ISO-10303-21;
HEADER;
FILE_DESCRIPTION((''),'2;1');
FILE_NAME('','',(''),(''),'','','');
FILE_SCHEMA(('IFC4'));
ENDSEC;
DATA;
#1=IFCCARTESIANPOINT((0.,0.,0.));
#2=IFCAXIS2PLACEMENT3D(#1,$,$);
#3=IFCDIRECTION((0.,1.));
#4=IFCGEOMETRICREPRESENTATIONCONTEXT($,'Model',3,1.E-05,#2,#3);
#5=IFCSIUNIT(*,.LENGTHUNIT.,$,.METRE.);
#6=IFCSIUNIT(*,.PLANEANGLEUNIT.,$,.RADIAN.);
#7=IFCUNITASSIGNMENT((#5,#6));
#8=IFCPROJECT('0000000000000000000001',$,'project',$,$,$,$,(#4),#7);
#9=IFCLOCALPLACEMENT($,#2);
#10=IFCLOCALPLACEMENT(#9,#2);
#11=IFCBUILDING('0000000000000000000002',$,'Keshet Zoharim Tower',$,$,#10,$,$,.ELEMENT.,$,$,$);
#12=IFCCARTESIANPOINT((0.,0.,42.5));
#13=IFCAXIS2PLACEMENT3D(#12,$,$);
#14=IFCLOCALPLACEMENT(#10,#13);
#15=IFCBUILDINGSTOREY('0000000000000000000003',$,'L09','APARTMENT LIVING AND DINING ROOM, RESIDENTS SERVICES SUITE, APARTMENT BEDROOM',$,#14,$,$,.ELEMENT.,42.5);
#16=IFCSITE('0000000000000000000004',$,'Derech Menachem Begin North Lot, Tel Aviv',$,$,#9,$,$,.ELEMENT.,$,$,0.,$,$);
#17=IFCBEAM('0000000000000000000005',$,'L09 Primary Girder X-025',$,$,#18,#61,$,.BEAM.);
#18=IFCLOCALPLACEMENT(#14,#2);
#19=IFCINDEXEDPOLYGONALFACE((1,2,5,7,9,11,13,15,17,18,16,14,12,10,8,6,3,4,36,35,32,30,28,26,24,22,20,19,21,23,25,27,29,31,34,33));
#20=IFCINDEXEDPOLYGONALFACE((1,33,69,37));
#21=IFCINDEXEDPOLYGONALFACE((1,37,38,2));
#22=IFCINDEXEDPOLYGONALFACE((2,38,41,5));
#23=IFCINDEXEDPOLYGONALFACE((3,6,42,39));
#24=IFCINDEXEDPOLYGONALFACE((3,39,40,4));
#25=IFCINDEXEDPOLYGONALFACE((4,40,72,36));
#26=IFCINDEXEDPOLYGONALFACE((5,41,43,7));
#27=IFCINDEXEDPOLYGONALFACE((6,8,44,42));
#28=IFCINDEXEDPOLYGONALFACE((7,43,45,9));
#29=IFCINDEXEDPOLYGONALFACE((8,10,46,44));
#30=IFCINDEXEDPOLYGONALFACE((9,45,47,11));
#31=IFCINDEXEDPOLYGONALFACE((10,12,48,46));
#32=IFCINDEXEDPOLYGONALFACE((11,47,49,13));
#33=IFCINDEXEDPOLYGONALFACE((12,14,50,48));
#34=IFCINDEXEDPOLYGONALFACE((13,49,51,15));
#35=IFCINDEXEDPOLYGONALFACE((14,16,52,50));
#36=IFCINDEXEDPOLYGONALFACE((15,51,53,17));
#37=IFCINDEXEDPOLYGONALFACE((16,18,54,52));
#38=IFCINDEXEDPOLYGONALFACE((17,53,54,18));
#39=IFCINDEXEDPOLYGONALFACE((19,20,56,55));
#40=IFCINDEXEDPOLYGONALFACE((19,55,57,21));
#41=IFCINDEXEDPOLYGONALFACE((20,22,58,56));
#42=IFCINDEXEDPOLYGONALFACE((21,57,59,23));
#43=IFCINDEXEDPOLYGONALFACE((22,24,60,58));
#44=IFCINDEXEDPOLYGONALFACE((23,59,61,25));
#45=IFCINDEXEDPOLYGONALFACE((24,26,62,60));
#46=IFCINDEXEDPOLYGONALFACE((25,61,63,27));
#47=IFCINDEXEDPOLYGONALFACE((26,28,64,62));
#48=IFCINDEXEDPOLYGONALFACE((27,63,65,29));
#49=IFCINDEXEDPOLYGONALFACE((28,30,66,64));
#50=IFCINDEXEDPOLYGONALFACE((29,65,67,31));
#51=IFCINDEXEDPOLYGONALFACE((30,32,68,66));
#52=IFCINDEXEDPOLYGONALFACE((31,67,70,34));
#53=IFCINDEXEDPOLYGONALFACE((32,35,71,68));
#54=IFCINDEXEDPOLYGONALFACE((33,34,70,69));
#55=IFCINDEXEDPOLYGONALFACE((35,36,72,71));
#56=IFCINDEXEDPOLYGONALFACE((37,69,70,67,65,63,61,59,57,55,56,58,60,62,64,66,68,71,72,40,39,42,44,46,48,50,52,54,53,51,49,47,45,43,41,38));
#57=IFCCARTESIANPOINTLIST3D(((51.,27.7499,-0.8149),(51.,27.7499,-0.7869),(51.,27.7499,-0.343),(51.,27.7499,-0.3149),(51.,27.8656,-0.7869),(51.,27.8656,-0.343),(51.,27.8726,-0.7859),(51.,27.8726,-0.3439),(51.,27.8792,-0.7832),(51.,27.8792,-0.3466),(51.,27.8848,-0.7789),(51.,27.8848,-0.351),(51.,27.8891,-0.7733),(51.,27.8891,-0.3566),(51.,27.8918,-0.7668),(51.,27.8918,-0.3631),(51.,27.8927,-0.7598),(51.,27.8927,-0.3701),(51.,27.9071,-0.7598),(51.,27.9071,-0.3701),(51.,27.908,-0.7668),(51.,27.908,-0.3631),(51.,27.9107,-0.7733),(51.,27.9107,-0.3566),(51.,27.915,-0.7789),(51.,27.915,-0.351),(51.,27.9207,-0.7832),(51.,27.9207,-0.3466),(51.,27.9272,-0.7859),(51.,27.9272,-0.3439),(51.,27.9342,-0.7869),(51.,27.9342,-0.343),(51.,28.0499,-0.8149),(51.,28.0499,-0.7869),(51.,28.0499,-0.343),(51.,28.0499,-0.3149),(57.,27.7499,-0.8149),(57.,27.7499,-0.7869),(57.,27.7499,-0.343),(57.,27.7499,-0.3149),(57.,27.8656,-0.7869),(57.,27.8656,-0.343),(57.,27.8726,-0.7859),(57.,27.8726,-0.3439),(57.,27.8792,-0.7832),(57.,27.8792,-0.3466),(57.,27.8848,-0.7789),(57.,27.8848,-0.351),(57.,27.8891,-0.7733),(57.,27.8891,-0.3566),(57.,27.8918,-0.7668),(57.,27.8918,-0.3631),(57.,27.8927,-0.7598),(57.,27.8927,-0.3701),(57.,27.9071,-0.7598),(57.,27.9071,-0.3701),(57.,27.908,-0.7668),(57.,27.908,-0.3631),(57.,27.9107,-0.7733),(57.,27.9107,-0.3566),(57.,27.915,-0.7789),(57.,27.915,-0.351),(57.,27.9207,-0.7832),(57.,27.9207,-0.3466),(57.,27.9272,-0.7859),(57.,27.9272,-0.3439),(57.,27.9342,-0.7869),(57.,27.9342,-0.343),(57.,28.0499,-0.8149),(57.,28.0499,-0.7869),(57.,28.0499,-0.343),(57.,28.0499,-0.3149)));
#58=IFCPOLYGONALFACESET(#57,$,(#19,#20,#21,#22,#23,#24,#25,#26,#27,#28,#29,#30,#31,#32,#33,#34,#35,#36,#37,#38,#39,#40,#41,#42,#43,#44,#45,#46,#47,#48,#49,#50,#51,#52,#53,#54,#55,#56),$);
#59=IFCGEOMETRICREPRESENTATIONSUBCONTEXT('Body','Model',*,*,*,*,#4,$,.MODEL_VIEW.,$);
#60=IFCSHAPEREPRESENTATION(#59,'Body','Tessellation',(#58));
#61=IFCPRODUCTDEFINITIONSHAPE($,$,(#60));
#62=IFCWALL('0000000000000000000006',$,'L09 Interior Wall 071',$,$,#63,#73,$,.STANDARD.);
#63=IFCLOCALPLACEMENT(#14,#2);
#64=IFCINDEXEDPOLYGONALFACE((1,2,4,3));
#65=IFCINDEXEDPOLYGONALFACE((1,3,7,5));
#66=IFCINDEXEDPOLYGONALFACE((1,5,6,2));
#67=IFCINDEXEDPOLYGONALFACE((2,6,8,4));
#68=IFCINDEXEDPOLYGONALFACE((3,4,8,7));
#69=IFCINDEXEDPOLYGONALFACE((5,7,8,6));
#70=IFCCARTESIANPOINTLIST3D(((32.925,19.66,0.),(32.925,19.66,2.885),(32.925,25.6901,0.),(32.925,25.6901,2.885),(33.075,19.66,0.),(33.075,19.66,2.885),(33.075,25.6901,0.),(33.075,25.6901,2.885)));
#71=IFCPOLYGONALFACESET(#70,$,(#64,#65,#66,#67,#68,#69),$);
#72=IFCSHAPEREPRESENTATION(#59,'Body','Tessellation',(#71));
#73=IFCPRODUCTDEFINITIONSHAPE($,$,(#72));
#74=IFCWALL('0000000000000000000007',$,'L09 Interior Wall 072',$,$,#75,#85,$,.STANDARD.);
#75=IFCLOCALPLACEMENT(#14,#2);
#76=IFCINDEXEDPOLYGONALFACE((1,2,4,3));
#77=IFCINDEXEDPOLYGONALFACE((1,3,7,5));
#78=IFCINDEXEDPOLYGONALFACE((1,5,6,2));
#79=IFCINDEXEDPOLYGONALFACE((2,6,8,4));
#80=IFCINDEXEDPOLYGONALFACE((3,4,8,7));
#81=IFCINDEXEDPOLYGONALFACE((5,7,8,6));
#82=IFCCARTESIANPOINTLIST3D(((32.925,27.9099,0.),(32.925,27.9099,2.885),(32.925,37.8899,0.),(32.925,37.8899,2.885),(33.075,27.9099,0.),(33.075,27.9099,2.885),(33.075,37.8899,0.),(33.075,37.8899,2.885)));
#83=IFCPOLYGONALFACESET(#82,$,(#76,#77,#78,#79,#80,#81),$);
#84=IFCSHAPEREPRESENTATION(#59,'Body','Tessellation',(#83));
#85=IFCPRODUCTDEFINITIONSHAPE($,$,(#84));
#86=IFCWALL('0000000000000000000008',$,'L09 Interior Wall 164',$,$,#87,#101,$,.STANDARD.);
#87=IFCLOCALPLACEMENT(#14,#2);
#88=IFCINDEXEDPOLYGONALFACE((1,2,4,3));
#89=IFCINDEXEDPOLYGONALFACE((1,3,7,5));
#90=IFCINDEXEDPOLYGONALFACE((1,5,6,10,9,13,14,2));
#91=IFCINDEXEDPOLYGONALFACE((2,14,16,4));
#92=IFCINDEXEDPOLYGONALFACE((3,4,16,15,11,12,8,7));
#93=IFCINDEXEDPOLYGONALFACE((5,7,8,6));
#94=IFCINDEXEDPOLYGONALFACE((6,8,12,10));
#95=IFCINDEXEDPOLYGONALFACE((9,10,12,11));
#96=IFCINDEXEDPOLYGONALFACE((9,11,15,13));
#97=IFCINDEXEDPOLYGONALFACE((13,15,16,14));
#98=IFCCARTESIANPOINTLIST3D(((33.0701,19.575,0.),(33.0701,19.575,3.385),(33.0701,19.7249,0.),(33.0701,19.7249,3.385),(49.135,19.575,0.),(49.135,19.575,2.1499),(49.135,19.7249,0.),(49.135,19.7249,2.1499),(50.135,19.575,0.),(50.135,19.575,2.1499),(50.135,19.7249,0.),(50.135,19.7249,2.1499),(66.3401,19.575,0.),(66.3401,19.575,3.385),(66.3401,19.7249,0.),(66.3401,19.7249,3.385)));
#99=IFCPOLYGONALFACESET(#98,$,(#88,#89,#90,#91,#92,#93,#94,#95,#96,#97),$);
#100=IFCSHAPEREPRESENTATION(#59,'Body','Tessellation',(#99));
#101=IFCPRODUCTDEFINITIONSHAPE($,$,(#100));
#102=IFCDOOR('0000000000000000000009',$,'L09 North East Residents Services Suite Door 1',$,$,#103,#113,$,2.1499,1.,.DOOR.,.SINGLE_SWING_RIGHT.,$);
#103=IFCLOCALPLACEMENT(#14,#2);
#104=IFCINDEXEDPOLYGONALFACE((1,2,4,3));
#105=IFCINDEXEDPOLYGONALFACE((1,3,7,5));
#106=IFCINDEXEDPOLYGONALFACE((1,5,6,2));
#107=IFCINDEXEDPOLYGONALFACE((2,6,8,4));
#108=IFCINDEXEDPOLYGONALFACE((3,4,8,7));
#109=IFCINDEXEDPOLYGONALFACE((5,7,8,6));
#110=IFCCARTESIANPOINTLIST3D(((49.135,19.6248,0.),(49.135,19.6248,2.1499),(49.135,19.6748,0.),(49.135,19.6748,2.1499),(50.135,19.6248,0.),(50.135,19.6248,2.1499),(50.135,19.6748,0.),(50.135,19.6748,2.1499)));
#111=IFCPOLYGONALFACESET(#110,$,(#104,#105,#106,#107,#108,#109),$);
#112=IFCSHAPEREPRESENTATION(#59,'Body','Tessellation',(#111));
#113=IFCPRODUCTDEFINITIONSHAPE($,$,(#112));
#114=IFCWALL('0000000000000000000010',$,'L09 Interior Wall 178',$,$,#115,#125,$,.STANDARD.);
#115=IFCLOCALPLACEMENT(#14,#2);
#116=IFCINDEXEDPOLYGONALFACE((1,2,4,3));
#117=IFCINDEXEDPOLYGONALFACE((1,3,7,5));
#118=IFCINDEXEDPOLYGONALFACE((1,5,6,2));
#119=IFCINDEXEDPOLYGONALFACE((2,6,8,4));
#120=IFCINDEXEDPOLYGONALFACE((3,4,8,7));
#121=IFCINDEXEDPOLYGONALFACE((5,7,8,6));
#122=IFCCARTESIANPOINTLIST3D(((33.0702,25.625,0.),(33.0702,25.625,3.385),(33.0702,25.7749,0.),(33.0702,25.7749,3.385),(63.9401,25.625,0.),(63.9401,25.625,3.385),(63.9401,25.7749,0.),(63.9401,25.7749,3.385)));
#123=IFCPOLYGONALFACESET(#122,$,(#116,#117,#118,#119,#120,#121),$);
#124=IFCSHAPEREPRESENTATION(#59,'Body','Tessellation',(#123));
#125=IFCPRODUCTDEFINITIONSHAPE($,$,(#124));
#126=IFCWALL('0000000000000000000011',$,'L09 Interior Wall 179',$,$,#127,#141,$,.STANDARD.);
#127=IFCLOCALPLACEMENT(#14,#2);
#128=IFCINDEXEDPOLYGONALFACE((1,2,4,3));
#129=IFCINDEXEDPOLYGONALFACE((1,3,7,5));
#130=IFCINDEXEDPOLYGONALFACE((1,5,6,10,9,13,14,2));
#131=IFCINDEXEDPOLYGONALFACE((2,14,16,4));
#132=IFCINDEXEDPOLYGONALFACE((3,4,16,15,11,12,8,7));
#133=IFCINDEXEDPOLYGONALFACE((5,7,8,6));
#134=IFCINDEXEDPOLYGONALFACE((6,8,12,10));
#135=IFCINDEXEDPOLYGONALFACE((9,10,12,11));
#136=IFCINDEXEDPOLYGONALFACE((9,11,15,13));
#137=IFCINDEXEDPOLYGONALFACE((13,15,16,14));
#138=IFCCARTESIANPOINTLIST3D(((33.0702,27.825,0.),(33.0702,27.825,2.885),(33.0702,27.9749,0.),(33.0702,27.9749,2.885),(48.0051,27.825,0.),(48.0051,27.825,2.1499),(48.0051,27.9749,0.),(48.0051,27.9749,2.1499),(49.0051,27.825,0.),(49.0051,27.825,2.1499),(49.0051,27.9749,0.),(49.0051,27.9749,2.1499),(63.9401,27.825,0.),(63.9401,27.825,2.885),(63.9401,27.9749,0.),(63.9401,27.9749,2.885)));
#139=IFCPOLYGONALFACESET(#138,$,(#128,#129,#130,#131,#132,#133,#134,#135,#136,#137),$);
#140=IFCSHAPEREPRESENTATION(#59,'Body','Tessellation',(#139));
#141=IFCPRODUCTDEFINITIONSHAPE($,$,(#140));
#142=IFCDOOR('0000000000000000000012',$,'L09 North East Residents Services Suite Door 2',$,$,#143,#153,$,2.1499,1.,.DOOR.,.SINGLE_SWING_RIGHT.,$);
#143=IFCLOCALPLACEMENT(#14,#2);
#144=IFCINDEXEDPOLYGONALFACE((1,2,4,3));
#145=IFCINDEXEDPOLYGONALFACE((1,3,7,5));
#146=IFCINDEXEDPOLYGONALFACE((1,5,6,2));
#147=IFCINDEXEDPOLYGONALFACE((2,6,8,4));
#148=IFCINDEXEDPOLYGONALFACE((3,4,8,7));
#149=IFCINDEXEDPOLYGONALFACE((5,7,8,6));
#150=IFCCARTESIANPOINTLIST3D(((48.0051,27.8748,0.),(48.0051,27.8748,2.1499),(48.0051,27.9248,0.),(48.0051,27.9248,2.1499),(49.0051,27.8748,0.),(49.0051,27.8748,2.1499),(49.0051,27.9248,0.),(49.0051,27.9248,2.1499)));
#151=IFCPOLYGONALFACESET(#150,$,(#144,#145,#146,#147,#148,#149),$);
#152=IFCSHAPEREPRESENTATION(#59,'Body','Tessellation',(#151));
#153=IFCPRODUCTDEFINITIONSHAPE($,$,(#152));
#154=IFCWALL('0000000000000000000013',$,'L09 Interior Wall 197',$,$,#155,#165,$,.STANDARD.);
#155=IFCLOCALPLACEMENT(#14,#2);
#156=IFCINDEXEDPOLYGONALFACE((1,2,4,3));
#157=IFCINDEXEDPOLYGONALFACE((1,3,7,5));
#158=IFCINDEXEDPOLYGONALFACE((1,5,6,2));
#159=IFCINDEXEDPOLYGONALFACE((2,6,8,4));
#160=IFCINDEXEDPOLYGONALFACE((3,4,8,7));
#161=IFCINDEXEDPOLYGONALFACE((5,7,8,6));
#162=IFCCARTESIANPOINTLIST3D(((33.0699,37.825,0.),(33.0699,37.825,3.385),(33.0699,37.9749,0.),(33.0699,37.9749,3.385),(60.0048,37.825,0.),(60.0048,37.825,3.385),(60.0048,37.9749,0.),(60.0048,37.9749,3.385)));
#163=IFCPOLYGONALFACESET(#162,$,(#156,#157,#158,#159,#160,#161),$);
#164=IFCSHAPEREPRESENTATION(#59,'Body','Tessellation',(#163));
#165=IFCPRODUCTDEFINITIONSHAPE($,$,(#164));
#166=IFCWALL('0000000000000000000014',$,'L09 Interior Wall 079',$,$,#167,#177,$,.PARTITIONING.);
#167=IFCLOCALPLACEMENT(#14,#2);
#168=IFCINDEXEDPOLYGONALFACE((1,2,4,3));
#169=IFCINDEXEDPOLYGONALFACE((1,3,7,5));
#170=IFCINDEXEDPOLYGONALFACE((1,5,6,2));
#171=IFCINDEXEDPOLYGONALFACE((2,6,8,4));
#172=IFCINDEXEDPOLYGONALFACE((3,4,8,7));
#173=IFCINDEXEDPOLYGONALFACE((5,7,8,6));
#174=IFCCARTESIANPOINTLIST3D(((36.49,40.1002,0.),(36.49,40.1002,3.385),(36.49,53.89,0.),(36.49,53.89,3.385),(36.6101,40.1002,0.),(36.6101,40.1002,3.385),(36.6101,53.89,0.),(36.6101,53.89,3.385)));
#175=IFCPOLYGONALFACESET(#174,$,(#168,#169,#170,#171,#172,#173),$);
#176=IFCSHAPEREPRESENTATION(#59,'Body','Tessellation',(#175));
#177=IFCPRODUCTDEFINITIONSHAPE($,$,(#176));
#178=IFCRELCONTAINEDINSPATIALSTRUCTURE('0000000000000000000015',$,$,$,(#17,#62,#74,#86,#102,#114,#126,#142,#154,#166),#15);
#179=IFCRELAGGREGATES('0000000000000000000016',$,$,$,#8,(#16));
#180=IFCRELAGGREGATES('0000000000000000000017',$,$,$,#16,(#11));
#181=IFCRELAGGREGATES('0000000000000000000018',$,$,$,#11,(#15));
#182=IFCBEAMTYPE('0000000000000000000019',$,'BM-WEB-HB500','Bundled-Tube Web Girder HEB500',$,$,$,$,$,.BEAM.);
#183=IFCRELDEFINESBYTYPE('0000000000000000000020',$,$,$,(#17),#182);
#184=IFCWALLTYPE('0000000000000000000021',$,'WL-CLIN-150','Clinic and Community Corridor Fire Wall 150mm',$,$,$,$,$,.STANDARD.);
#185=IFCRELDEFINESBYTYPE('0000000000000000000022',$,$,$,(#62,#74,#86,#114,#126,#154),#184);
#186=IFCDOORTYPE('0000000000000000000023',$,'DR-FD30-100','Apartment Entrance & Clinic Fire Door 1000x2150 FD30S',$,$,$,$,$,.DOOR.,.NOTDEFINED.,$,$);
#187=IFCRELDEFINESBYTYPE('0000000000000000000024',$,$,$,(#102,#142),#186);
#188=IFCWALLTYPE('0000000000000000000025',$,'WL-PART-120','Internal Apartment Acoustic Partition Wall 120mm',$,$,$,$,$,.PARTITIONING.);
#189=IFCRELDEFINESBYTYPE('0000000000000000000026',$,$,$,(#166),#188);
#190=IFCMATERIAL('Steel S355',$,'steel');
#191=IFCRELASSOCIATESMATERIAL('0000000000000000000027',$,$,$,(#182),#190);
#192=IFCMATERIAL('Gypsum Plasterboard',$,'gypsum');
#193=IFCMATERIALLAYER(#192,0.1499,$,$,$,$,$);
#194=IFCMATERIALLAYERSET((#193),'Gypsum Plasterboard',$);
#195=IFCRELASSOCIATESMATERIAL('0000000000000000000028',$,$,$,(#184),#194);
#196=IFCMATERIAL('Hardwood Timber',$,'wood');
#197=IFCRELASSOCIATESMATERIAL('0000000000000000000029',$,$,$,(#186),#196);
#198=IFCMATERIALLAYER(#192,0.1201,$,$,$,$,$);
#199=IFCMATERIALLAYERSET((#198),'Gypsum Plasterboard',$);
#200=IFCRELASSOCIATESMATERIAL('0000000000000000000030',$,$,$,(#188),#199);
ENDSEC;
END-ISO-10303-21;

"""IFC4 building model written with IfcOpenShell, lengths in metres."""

from ifc_helpers import new_model, si_unit, direction, frame, frame_2d, origin, origin_2d, place, context, subcontext, project, spatial, rectangle, i_section, extrude, material, layer, layer_set, material_profile, profile_set, type_object, element, fill, save


model = new_model("IFC4")

# Units and contexts
model_context = context("Model", 3, precision=1e-05, world=origin(), true_north=direction((0.0, 1.0)))
body_context = subcontext(model_context, "Body", "Model", "MODEL_VIEW")
ifc_project = project(units=[si_unit("LENGTHUNIT", "METRE"), si_unit("PLANEANGLEUNIT", "RADIAN")], contexts=[model_context])

# Site, building, storey
site_placement = place(None, origin())
site = spatial("IfcSite", under=ifc_project, at=site_placement, Name="Derech Menachem Begin North Lot, Tel Aviv", CompositionType="ELEMENT", RefElevation=0.0)
building_placement = place(site_placement, origin())
building = spatial("IfcBuilding", under=site, at=building_placement, Name="Keshet Zoharim Tower", CompositionType="ELEMENT")
storey_placement = place(building_placement, frame((0.0, 0.0, 42.5)))
storey = spatial("IfcBuildingStorey", under=building, at=storey_placement, Name="L09", Description="APARTMENT LIVING AND DINING ROOM, RESIDENTS SERVICES SUITE, APARTMENT BEDROOM", CompositionType="ELEMENT", Elevation=42.5)

# Beam
ifc_material_1 = material(Name="Steel S355", Category="steel")
ifc_material_profile_1 = material_profile(ifc_material_1, i_section(OverallWidth=0.3, OverallDepth=0.5, WebThickness=0.0144, FlangeThickness=0.0281, FilletRadius=0.0271, at=origin_2d()), Name="HEB500")
ifc_profile_set_1 = profile_set([ifc_material_profile_1], Name="Steel S355")
beam_type_1 = type_object("IfcBeamType", Name="BM-WEB-HB500", Description="Bundled-Tube Web Girder HEB500", PredefinedType="BEAM", material=ifc_profile_set_1)
for number, where, z_axis, x_axis, name in (
    (1, (51.0, 27.8999, -0.5649), (1.0, 0.0, 0.0), (0.0, 1.0, 0.0), "L09 Primary Girder X-025"),
):
    element("IfcBeam", number, at=place(storey_placement, frame(where, z_axis=z_axis, x_axis=x_axis)), inside=storey, type_object=beam_type_1, Name=name, PredefinedType="BEAM", context=body_context, shape_type="SweptSolid", body=[
        extrude(i_section(OverallWidth=0.3, OverallDepth=0.5, WebThickness=0.0144, FlangeThickness=0.0281, FilletRadius=0.0271, at=origin_2d()), origin(), (0.0, 0.0, 1.0), 6.0),
    ])

# Walls
ifc_material_2 = material(Name="Gypsum Plasterboard", Category="gypsum")
ifc_layer_1 = layer(ifc_material_2, 0.1499)
ifc_layer_set_1 = layer_set([ifc_layer_1], Name="Gypsum Plasterboard")
wall_type_1 = type_object("IfcWallType", Name="WL-CLIN-150", Description="Clinic and Community Corridor Fire Wall 150mm", PredefinedType="STANDARD", material=ifc_layer_set_1)
wall_1_placement = place(storey_placement, frame((33.0, 19.6599, 0.0), z_axis=(0.0, 0.0, 1.0), x_axis=(0.0, 1.0, 0.0)))
element("IfcWall", 2, at=wall_1_placement, inside=storey, type_object=wall_type_1, Name="L09 Interior Wall 071", PredefinedType="STANDARD", context=body_context, shape_type="SweptSolid", body=[
    extrude(rectangle(XDim=6.03, YDim=0.1499, at=frame_2d((3.0151, 0.0))), origin(), (0.0, 0.0, 1.0), 2.885),
])
wall_2_placement = place(storey_placement, frame((33.0, 27.9099, 0.0), z_axis=(0.0, 0.0, 1.0), x_axis=(0.0, 1.0, 0.0)))
element("IfcWall", 3, at=wall_2_placement, inside=storey, type_object=wall_type_1, Name="L09 Interior Wall 072", PredefinedType="STANDARD", context=body_context, shape_type="SweptSolid", body=[
    extrude(rectangle(XDim=9.98, YDim=0.1499, at=frame_2d((4.99, 0.0))), origin(), (0.0, 0.0, 1.0), 2.885),
])

# Wall, opening, door
wall_3_placement = place(storey_placement, frame((33.0701, 19.6499, 0.0), z_axis=(0.0, 0.0, 1.0), x_axis=(1.0, 0.0, 0.0)))
wall_3 = element("IfcWall", 4, at=wall_3_placement, inside=storey, type_object=wall_type_1, Name="L09 Interior Wall 164", PredefinedType="STANDARD", context=body_context, shape_type="SweptSolid", body=[
    extrude(rectangle(XDim=33.27, YDim=0.1499, at=frame_2d((16.635, 0.0))), origin(), (0.0, 0.0, 1.0), 3.385),
])
opening_1_placement = place(wall_3_placement, frame((16.0649, 0.0, 0.0)))
opening_1 = element("IfcOpeningElement", 5, at=opening_1_placement, cuts=wall_3, PredefinedType="OPENING", context=body_context, shape_type="SweptSolid", body=[
    extrude(rectangle(XDim=1.0, YDim=2.1499, at=frame_2d((0.5, 1.075))), frame((0.0, 0.085, 0.0), z_axis=(0.0, -1.0, 0.0), x_axis=(1.0, 0.0, 0.0)), (0.0, 0.0, 1.0), 0.1699),
])
ifc_material_3 = material(Name="Hardwood Timber", Category="wood")
door_type = type_object("IfcDoorType", Name="DR-FD30-100", Description="Apartment Entrance & Clinic Fire Door 1000x2150 FD30S", OperationType="NOTDEFINED", PredefinedType="DOOR", material=ifc_material_3)
door_1_placement = place(opening_1_placement, origin())
door_1 = element("IfcDoor", 6, at=door_1_placement, inside=storey, type_object=door_type, Name="L09 North East Residents Services Suite Door 1", OperationType="SINGLE_SWING_RIGHT", OverallHeight=2.1499, OverallWidth=1.0, PredefinedType="DOOR", context=body_context, shape_type="SweptSolid", body=[
    extrude(rectangle(XDim=1.0, YDim=2.1499, at=frame_2d((0.5, 1.075))), frame((0.0, 0.0249, 0.0), z_axis=(0.0, -1.0, 0.0), x_axis=(1.0, 0.0, 0.0)), (0.0, 0.0, 1.0), 0.05),
])
fill(opening_1, door_1)

# Wall
wall_4_placement = place(storey_placement, frame((33.0701, 25.7, 0.0), z_axis=(0.0, 0.0, 1.0), x_axis=(1.0, 0.0, 0.0)))
element("IfcWall", 7, at=wall_4_placement, inside=storey, type_object=wall_type_1, Name="L09 Interior Wall 178", PredefinedType="STANDARD", context=body_context, shape_type="SweptSolid", body=[
    extrude(rectangle(XDim=30.8699, YDim=0.1499, at=frame_2d((15.4351, 0.0))), origin(), (0.0, 0.0, 1.0), 3.385),
])

# Wall, opening, door
wall_5_placement = place(storey_placement, frame((33.0701, 27.8999, 0.0), z_axis=(0.0, 0.0, 1.0), x_axis=(1.0, 0.0, 0.0)))
wall_5 = element("IfcWall", 8, at=wall_5_placement, inside=storey, type_object=wall_type_1, Name="L09 Interior Wall 179", PredefinedType="STANDARD", context=body_context, shape_type="SweptSolid", body=[
    extrude(rectangle(XDim=30.8699, YDim=0.1499, at=frame_2d((15.4351, 0.0))), origin(), (0.0, 0.0, 1.0), 2.885),
])
opening_2_placement = place(wall_5_placement, frame((14.9351, 0.0, 0.0)))
opening_2 = element("IfcOpeningElement", 9, at=opening_2_placement, cuts=wall_5, PredefinedType="OPENING", context=body_context, shape_type="SweptSolid", body=[
    extrude(rectangle(XDim=1.0, YDim=2.1499, at=frame_2d((0.5, 1.075))), frame((0.0, 0.085, 0.0), z_axis=(0.0, -1.0, 0.0), x_axis=(1.0, 0.0, 0.0)), (0.0, 0.0, 1.0), 0.1699),
])
door_2_placement = place(opening_2_placement, origin())
door_2 = element("IfcDoor", 10, at=door_2_placement, inside=storey, type_object=door_type, Name="L09 North East Residents Services Suite Door 2", OperationType="SINGLE_SWING_RIGHT", OverallHeight=2.1499, OverallWidth=1.0, PredefinedType="DOOR", context=body_context, shape_type="SweptSolid", body=[
    extrude(rectangle(XDim=1.0, YDim=2.1499, at=frame_2d((0.5, 1.075))), frame((0.0, 0.0249, 0.0), z_axis=(0.0, -1.0, 0.0), x_axis=(1.0, 0.0, 0.0)), (0.0, 0.0, 1.0), 0.05),
])
fill(opening_2, door_2)

# Wall
wall_6_placement = place(storey_placement, frame((33.0701, 37.8999, 0.0), z_axis=(0.0, 0.0, 1.0), x_axis=(1.0, 0.0, 0.0)))
element("IfcWall", 11, at=wall_6_placement, inside=storey, type_object=wall_type_1, Name="L09 Interior Wall 197", PredefinedType="STANDARD", context=body_context, shape_type="SweptSolid", body=[
    extrude(rectangle(XDim=26.9348, YDim=0.1499, at=frame_2d((13.4673, 0.0))), origin(), (0.0, 0.0, 1.0), 3.385),
])

# Wall
ifc_layer_2 = layer(ifc_material_2, 0.1201)
ifc_layer_set_2 = layer_set([ifc_layer_2], Name="Gypsum Plasterboard")
wall_type_2 = type_object("IfcWallType", Name="WL-PART-120", Description="Internal Apartment Acoustic Partition Wall 120mm", PredefinedType="PARTITIONING", material=ifc_layer_set_2)
wall_7_placement = place(storey_placement, frame((36.55, 40.1001, 0.0), z_axis=(0.0, 0.0, 1.0), x_axis=(0.0, 1.0, 0.0)))
element("IfcWall", 12, at=wall_7_placement, inside=storey, type_object=wall_type_2, Name="L09 Interior Wall 079", PredefinedType="PARTITIONING", context=body_context, shape_type="SweptSolid", body=[
    extrude(rectangle(XDim=13.7898, YDim=0.1201, at=frame_2d((6.895, 0.0))), origin(), (0.0, 0.0, 1.0), 3.385),
])

save(model, "model.ifc")
